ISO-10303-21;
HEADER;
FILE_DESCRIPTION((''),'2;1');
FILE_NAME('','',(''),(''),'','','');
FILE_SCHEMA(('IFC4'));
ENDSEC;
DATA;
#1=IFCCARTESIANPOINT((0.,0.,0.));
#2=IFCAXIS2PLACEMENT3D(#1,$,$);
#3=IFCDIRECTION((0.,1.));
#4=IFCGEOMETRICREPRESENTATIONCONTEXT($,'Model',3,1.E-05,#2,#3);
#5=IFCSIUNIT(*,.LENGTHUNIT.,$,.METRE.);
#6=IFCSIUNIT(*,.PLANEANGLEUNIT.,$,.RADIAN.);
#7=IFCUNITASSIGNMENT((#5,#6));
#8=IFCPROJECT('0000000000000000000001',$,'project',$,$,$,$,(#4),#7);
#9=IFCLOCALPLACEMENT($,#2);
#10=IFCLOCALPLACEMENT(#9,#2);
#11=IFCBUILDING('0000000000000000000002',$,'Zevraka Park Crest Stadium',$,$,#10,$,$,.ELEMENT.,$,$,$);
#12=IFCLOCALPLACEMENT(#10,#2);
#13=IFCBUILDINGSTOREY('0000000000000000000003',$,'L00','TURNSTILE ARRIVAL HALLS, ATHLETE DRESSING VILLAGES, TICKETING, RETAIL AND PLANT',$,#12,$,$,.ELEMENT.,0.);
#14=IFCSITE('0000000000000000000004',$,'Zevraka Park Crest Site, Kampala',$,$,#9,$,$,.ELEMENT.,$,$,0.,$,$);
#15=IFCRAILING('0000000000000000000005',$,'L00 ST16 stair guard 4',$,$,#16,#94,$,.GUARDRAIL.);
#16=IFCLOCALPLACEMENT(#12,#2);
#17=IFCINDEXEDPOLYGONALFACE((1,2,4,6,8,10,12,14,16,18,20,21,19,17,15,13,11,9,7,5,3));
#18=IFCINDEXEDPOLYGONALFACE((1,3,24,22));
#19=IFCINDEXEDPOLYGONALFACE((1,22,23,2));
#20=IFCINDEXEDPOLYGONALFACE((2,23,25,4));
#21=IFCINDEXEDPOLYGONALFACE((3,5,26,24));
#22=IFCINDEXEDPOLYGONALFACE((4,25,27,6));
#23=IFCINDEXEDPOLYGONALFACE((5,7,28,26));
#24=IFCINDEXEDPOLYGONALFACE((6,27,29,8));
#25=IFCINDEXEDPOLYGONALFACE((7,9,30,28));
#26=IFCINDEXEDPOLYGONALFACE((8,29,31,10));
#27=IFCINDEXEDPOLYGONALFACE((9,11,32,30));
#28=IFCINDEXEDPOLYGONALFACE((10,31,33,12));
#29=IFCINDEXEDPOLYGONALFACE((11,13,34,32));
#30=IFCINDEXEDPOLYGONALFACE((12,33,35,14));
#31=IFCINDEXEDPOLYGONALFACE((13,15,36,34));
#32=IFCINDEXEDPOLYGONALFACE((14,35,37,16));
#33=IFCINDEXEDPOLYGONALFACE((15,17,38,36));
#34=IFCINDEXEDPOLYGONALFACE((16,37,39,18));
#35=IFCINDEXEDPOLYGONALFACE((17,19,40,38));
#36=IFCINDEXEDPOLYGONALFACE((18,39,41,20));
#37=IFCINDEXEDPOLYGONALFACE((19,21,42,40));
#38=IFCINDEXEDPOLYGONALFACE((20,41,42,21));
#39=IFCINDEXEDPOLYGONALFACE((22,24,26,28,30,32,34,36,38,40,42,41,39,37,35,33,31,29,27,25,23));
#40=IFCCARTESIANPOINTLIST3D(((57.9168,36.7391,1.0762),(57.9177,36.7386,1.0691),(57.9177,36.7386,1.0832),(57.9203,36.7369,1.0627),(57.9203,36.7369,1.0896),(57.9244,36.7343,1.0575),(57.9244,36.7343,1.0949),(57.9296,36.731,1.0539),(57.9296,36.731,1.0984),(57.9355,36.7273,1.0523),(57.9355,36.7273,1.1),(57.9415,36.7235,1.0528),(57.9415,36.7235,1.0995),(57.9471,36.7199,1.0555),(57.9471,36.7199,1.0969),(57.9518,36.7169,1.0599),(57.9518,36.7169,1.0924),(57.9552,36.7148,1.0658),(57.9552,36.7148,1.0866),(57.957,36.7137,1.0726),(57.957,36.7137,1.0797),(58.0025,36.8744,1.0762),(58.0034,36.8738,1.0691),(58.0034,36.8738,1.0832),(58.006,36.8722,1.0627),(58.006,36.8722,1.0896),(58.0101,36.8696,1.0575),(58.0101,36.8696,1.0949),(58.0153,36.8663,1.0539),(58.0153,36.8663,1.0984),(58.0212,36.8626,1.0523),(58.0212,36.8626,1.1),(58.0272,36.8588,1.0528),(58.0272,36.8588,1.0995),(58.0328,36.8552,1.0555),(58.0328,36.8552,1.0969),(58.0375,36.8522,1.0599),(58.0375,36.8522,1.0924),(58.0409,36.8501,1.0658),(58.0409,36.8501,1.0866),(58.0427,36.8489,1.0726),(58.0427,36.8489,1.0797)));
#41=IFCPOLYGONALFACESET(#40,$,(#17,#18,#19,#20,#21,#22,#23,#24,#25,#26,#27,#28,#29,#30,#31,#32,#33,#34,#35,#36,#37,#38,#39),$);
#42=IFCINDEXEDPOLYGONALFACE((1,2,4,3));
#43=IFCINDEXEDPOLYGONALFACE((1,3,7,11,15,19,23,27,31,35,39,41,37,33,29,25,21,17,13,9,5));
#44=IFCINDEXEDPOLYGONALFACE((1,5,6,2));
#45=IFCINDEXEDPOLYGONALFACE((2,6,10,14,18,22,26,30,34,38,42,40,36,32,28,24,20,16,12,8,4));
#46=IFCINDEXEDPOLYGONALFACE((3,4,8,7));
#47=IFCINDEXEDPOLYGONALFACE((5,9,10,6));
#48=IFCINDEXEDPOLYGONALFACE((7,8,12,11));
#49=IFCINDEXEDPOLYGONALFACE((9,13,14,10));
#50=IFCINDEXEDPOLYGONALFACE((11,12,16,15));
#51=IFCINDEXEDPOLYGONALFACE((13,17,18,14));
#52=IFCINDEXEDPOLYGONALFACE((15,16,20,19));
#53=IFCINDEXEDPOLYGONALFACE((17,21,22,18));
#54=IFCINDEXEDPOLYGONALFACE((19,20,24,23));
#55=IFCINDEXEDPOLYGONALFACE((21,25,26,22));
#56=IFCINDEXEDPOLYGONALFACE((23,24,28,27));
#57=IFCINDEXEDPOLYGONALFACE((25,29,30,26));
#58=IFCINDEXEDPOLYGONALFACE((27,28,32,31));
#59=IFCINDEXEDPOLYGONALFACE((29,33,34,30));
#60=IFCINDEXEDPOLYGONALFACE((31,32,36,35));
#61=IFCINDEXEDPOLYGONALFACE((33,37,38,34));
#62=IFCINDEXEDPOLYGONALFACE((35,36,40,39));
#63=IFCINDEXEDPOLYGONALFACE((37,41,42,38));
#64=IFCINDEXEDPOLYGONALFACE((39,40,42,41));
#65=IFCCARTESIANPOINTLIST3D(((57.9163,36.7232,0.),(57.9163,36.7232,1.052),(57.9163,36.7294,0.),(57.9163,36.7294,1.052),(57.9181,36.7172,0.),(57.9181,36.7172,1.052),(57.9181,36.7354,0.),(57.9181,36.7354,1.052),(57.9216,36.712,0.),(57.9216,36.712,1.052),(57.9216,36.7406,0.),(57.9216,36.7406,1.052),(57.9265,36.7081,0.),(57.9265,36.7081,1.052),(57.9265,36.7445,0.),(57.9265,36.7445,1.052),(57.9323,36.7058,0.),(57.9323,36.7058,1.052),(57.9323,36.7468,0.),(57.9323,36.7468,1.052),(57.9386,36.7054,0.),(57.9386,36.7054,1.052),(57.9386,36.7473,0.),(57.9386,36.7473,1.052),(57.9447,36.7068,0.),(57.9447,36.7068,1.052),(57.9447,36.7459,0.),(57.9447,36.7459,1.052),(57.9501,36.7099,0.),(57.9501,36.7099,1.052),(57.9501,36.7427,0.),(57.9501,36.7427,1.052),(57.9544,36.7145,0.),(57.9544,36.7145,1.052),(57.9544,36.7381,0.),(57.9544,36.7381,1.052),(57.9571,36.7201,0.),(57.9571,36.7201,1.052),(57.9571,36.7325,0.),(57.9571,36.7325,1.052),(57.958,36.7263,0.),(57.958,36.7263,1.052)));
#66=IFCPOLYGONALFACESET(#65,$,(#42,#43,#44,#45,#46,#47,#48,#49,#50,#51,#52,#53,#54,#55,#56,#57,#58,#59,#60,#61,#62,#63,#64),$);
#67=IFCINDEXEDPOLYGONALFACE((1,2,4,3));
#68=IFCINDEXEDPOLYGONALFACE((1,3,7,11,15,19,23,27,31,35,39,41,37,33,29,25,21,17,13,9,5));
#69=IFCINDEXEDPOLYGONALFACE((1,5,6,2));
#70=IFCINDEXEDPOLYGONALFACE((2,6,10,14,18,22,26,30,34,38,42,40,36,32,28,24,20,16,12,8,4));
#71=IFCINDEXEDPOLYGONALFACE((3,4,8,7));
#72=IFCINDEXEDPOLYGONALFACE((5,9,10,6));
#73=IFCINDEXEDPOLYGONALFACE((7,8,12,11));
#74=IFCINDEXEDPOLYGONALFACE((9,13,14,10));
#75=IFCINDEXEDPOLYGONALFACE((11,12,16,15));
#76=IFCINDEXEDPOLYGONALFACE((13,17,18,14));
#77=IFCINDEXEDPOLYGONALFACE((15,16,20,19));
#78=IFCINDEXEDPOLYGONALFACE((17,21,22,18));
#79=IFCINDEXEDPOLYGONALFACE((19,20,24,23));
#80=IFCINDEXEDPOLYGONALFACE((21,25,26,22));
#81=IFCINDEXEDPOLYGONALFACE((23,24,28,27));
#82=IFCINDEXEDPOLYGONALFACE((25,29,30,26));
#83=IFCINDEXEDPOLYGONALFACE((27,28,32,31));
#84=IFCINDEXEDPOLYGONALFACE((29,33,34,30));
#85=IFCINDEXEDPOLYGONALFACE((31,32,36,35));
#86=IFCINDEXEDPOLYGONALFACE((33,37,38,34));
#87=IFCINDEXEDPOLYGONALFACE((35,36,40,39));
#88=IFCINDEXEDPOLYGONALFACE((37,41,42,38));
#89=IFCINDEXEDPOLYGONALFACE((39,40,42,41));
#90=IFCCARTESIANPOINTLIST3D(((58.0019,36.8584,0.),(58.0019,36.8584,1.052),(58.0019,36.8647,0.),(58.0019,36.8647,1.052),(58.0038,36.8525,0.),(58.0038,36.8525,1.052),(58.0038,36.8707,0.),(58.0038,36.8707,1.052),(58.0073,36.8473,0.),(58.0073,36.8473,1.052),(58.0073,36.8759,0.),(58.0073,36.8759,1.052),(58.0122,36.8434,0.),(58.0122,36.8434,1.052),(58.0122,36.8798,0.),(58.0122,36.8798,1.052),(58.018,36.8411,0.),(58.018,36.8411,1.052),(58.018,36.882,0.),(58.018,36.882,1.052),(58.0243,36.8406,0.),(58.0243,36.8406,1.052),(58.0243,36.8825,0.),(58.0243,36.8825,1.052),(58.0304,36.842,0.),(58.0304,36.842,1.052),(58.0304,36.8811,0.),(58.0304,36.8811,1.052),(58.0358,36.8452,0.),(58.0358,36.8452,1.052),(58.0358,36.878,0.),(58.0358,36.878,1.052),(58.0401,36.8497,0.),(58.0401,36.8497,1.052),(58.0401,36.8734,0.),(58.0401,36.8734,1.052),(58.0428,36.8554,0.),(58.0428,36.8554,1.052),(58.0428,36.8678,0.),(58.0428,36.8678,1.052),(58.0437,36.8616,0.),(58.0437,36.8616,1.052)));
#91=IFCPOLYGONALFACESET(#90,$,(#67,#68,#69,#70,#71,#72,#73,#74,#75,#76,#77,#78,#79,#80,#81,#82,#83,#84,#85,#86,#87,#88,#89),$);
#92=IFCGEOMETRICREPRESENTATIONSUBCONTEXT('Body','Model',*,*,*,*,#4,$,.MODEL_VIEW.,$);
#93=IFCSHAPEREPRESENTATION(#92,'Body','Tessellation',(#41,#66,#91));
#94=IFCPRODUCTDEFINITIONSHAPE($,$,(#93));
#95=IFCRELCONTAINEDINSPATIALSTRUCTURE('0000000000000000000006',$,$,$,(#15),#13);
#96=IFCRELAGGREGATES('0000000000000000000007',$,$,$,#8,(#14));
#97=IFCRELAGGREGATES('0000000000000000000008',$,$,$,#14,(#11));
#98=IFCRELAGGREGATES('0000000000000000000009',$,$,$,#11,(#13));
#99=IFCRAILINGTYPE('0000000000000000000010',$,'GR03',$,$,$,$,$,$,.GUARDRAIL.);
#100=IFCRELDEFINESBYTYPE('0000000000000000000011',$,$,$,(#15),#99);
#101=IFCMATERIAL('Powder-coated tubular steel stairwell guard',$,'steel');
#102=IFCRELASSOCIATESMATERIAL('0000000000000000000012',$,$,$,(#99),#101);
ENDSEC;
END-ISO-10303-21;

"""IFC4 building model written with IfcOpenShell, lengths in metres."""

from ifc_helpers import new_model, si_unit, direction, frame, origin, origin_2d, place, context, subcontext, project, spatial, circle, extrude, material, type_object, element, save


model = new_model("IFC4")

# Units and contexts
model_context = context("Model", 3, precision=1e-05, world=origin(), true_north=direction((0.0, 1.0)))
body_context = subcontext(model_context, "Body", "Model", "MODEL_VIEW")
ifc_project = project(units=[si_unit("LENGTHUNIT", "METRE"), si_unit("PLANEANGLEUNIT", "RADIAN")], contexts=[model_context])

# Site, building, storey
site_placement = place(None, origin())
site = spatial("IfcSite", under=ifc_project, at=site_placement, Name="Zevraka Park Crest Site, Kampala", CompositionType="ELEMENT", RefElevation=0.0)
building_placement = place(site_placement, origin())
building = spatial("IfcBuilding", under=site, at=building_placement, Name="Zevraka Park Crest Stadium", CompositionType="ELEMENT")
storey_placement = place(building_placement, origin())
storey = spatial("IfcBuildingStorey", under=building, at=storey_placement, Name="L00", Description="TURNSTILE ARRIVAL HALLS, ATHLETE DRESSING VILLAGES, TICKETING, RETAIL AND PLANT", CompositionType="ELEMENT", Elevation=0.0)

# Railing
ifc_material_1 = material(Name="Powder-coated tubular steel stairwell guard", Category="steel")
railing_type_1 = type_object("IfcRailingType", Name="GR03", PredefinedType="GUARDRAIL", material=ifc_material_1)
railing_1_placement = place(storey_placement, frame((57.937, 36.7263, 0.0)))
element("IfcRailing", 1, at=railing_1_placement, inside=storey, type_object=railing_type_1, Name="L00 ST16 stair guard 4", PredefinedType="GUARDRAIL", context=body_context, shape_type="SweptSolid", body=[
    extrude(circle(Radius=0.0239, at=origin_2d()), frame((0.0, 0.0, 1.0762), z_axis=(0.535197, 0.844727, 0.0), x_axis=(-0.844727, 0.535197, 0.0)), (0.0, 0.0, 1.0), 0.1602),
    extrude(circle(Radius=0.021, at=origin_2d()), origin(), (0.0, 0.0, 1.0), 1.052),
    extrude(circle(Radius=0.021, at=origin_2d()), frame((0.0857, 0.1353, 0.0)), (0.0, 0.0, 1.0), 1.052),
])

save(model, "model.ifc")
